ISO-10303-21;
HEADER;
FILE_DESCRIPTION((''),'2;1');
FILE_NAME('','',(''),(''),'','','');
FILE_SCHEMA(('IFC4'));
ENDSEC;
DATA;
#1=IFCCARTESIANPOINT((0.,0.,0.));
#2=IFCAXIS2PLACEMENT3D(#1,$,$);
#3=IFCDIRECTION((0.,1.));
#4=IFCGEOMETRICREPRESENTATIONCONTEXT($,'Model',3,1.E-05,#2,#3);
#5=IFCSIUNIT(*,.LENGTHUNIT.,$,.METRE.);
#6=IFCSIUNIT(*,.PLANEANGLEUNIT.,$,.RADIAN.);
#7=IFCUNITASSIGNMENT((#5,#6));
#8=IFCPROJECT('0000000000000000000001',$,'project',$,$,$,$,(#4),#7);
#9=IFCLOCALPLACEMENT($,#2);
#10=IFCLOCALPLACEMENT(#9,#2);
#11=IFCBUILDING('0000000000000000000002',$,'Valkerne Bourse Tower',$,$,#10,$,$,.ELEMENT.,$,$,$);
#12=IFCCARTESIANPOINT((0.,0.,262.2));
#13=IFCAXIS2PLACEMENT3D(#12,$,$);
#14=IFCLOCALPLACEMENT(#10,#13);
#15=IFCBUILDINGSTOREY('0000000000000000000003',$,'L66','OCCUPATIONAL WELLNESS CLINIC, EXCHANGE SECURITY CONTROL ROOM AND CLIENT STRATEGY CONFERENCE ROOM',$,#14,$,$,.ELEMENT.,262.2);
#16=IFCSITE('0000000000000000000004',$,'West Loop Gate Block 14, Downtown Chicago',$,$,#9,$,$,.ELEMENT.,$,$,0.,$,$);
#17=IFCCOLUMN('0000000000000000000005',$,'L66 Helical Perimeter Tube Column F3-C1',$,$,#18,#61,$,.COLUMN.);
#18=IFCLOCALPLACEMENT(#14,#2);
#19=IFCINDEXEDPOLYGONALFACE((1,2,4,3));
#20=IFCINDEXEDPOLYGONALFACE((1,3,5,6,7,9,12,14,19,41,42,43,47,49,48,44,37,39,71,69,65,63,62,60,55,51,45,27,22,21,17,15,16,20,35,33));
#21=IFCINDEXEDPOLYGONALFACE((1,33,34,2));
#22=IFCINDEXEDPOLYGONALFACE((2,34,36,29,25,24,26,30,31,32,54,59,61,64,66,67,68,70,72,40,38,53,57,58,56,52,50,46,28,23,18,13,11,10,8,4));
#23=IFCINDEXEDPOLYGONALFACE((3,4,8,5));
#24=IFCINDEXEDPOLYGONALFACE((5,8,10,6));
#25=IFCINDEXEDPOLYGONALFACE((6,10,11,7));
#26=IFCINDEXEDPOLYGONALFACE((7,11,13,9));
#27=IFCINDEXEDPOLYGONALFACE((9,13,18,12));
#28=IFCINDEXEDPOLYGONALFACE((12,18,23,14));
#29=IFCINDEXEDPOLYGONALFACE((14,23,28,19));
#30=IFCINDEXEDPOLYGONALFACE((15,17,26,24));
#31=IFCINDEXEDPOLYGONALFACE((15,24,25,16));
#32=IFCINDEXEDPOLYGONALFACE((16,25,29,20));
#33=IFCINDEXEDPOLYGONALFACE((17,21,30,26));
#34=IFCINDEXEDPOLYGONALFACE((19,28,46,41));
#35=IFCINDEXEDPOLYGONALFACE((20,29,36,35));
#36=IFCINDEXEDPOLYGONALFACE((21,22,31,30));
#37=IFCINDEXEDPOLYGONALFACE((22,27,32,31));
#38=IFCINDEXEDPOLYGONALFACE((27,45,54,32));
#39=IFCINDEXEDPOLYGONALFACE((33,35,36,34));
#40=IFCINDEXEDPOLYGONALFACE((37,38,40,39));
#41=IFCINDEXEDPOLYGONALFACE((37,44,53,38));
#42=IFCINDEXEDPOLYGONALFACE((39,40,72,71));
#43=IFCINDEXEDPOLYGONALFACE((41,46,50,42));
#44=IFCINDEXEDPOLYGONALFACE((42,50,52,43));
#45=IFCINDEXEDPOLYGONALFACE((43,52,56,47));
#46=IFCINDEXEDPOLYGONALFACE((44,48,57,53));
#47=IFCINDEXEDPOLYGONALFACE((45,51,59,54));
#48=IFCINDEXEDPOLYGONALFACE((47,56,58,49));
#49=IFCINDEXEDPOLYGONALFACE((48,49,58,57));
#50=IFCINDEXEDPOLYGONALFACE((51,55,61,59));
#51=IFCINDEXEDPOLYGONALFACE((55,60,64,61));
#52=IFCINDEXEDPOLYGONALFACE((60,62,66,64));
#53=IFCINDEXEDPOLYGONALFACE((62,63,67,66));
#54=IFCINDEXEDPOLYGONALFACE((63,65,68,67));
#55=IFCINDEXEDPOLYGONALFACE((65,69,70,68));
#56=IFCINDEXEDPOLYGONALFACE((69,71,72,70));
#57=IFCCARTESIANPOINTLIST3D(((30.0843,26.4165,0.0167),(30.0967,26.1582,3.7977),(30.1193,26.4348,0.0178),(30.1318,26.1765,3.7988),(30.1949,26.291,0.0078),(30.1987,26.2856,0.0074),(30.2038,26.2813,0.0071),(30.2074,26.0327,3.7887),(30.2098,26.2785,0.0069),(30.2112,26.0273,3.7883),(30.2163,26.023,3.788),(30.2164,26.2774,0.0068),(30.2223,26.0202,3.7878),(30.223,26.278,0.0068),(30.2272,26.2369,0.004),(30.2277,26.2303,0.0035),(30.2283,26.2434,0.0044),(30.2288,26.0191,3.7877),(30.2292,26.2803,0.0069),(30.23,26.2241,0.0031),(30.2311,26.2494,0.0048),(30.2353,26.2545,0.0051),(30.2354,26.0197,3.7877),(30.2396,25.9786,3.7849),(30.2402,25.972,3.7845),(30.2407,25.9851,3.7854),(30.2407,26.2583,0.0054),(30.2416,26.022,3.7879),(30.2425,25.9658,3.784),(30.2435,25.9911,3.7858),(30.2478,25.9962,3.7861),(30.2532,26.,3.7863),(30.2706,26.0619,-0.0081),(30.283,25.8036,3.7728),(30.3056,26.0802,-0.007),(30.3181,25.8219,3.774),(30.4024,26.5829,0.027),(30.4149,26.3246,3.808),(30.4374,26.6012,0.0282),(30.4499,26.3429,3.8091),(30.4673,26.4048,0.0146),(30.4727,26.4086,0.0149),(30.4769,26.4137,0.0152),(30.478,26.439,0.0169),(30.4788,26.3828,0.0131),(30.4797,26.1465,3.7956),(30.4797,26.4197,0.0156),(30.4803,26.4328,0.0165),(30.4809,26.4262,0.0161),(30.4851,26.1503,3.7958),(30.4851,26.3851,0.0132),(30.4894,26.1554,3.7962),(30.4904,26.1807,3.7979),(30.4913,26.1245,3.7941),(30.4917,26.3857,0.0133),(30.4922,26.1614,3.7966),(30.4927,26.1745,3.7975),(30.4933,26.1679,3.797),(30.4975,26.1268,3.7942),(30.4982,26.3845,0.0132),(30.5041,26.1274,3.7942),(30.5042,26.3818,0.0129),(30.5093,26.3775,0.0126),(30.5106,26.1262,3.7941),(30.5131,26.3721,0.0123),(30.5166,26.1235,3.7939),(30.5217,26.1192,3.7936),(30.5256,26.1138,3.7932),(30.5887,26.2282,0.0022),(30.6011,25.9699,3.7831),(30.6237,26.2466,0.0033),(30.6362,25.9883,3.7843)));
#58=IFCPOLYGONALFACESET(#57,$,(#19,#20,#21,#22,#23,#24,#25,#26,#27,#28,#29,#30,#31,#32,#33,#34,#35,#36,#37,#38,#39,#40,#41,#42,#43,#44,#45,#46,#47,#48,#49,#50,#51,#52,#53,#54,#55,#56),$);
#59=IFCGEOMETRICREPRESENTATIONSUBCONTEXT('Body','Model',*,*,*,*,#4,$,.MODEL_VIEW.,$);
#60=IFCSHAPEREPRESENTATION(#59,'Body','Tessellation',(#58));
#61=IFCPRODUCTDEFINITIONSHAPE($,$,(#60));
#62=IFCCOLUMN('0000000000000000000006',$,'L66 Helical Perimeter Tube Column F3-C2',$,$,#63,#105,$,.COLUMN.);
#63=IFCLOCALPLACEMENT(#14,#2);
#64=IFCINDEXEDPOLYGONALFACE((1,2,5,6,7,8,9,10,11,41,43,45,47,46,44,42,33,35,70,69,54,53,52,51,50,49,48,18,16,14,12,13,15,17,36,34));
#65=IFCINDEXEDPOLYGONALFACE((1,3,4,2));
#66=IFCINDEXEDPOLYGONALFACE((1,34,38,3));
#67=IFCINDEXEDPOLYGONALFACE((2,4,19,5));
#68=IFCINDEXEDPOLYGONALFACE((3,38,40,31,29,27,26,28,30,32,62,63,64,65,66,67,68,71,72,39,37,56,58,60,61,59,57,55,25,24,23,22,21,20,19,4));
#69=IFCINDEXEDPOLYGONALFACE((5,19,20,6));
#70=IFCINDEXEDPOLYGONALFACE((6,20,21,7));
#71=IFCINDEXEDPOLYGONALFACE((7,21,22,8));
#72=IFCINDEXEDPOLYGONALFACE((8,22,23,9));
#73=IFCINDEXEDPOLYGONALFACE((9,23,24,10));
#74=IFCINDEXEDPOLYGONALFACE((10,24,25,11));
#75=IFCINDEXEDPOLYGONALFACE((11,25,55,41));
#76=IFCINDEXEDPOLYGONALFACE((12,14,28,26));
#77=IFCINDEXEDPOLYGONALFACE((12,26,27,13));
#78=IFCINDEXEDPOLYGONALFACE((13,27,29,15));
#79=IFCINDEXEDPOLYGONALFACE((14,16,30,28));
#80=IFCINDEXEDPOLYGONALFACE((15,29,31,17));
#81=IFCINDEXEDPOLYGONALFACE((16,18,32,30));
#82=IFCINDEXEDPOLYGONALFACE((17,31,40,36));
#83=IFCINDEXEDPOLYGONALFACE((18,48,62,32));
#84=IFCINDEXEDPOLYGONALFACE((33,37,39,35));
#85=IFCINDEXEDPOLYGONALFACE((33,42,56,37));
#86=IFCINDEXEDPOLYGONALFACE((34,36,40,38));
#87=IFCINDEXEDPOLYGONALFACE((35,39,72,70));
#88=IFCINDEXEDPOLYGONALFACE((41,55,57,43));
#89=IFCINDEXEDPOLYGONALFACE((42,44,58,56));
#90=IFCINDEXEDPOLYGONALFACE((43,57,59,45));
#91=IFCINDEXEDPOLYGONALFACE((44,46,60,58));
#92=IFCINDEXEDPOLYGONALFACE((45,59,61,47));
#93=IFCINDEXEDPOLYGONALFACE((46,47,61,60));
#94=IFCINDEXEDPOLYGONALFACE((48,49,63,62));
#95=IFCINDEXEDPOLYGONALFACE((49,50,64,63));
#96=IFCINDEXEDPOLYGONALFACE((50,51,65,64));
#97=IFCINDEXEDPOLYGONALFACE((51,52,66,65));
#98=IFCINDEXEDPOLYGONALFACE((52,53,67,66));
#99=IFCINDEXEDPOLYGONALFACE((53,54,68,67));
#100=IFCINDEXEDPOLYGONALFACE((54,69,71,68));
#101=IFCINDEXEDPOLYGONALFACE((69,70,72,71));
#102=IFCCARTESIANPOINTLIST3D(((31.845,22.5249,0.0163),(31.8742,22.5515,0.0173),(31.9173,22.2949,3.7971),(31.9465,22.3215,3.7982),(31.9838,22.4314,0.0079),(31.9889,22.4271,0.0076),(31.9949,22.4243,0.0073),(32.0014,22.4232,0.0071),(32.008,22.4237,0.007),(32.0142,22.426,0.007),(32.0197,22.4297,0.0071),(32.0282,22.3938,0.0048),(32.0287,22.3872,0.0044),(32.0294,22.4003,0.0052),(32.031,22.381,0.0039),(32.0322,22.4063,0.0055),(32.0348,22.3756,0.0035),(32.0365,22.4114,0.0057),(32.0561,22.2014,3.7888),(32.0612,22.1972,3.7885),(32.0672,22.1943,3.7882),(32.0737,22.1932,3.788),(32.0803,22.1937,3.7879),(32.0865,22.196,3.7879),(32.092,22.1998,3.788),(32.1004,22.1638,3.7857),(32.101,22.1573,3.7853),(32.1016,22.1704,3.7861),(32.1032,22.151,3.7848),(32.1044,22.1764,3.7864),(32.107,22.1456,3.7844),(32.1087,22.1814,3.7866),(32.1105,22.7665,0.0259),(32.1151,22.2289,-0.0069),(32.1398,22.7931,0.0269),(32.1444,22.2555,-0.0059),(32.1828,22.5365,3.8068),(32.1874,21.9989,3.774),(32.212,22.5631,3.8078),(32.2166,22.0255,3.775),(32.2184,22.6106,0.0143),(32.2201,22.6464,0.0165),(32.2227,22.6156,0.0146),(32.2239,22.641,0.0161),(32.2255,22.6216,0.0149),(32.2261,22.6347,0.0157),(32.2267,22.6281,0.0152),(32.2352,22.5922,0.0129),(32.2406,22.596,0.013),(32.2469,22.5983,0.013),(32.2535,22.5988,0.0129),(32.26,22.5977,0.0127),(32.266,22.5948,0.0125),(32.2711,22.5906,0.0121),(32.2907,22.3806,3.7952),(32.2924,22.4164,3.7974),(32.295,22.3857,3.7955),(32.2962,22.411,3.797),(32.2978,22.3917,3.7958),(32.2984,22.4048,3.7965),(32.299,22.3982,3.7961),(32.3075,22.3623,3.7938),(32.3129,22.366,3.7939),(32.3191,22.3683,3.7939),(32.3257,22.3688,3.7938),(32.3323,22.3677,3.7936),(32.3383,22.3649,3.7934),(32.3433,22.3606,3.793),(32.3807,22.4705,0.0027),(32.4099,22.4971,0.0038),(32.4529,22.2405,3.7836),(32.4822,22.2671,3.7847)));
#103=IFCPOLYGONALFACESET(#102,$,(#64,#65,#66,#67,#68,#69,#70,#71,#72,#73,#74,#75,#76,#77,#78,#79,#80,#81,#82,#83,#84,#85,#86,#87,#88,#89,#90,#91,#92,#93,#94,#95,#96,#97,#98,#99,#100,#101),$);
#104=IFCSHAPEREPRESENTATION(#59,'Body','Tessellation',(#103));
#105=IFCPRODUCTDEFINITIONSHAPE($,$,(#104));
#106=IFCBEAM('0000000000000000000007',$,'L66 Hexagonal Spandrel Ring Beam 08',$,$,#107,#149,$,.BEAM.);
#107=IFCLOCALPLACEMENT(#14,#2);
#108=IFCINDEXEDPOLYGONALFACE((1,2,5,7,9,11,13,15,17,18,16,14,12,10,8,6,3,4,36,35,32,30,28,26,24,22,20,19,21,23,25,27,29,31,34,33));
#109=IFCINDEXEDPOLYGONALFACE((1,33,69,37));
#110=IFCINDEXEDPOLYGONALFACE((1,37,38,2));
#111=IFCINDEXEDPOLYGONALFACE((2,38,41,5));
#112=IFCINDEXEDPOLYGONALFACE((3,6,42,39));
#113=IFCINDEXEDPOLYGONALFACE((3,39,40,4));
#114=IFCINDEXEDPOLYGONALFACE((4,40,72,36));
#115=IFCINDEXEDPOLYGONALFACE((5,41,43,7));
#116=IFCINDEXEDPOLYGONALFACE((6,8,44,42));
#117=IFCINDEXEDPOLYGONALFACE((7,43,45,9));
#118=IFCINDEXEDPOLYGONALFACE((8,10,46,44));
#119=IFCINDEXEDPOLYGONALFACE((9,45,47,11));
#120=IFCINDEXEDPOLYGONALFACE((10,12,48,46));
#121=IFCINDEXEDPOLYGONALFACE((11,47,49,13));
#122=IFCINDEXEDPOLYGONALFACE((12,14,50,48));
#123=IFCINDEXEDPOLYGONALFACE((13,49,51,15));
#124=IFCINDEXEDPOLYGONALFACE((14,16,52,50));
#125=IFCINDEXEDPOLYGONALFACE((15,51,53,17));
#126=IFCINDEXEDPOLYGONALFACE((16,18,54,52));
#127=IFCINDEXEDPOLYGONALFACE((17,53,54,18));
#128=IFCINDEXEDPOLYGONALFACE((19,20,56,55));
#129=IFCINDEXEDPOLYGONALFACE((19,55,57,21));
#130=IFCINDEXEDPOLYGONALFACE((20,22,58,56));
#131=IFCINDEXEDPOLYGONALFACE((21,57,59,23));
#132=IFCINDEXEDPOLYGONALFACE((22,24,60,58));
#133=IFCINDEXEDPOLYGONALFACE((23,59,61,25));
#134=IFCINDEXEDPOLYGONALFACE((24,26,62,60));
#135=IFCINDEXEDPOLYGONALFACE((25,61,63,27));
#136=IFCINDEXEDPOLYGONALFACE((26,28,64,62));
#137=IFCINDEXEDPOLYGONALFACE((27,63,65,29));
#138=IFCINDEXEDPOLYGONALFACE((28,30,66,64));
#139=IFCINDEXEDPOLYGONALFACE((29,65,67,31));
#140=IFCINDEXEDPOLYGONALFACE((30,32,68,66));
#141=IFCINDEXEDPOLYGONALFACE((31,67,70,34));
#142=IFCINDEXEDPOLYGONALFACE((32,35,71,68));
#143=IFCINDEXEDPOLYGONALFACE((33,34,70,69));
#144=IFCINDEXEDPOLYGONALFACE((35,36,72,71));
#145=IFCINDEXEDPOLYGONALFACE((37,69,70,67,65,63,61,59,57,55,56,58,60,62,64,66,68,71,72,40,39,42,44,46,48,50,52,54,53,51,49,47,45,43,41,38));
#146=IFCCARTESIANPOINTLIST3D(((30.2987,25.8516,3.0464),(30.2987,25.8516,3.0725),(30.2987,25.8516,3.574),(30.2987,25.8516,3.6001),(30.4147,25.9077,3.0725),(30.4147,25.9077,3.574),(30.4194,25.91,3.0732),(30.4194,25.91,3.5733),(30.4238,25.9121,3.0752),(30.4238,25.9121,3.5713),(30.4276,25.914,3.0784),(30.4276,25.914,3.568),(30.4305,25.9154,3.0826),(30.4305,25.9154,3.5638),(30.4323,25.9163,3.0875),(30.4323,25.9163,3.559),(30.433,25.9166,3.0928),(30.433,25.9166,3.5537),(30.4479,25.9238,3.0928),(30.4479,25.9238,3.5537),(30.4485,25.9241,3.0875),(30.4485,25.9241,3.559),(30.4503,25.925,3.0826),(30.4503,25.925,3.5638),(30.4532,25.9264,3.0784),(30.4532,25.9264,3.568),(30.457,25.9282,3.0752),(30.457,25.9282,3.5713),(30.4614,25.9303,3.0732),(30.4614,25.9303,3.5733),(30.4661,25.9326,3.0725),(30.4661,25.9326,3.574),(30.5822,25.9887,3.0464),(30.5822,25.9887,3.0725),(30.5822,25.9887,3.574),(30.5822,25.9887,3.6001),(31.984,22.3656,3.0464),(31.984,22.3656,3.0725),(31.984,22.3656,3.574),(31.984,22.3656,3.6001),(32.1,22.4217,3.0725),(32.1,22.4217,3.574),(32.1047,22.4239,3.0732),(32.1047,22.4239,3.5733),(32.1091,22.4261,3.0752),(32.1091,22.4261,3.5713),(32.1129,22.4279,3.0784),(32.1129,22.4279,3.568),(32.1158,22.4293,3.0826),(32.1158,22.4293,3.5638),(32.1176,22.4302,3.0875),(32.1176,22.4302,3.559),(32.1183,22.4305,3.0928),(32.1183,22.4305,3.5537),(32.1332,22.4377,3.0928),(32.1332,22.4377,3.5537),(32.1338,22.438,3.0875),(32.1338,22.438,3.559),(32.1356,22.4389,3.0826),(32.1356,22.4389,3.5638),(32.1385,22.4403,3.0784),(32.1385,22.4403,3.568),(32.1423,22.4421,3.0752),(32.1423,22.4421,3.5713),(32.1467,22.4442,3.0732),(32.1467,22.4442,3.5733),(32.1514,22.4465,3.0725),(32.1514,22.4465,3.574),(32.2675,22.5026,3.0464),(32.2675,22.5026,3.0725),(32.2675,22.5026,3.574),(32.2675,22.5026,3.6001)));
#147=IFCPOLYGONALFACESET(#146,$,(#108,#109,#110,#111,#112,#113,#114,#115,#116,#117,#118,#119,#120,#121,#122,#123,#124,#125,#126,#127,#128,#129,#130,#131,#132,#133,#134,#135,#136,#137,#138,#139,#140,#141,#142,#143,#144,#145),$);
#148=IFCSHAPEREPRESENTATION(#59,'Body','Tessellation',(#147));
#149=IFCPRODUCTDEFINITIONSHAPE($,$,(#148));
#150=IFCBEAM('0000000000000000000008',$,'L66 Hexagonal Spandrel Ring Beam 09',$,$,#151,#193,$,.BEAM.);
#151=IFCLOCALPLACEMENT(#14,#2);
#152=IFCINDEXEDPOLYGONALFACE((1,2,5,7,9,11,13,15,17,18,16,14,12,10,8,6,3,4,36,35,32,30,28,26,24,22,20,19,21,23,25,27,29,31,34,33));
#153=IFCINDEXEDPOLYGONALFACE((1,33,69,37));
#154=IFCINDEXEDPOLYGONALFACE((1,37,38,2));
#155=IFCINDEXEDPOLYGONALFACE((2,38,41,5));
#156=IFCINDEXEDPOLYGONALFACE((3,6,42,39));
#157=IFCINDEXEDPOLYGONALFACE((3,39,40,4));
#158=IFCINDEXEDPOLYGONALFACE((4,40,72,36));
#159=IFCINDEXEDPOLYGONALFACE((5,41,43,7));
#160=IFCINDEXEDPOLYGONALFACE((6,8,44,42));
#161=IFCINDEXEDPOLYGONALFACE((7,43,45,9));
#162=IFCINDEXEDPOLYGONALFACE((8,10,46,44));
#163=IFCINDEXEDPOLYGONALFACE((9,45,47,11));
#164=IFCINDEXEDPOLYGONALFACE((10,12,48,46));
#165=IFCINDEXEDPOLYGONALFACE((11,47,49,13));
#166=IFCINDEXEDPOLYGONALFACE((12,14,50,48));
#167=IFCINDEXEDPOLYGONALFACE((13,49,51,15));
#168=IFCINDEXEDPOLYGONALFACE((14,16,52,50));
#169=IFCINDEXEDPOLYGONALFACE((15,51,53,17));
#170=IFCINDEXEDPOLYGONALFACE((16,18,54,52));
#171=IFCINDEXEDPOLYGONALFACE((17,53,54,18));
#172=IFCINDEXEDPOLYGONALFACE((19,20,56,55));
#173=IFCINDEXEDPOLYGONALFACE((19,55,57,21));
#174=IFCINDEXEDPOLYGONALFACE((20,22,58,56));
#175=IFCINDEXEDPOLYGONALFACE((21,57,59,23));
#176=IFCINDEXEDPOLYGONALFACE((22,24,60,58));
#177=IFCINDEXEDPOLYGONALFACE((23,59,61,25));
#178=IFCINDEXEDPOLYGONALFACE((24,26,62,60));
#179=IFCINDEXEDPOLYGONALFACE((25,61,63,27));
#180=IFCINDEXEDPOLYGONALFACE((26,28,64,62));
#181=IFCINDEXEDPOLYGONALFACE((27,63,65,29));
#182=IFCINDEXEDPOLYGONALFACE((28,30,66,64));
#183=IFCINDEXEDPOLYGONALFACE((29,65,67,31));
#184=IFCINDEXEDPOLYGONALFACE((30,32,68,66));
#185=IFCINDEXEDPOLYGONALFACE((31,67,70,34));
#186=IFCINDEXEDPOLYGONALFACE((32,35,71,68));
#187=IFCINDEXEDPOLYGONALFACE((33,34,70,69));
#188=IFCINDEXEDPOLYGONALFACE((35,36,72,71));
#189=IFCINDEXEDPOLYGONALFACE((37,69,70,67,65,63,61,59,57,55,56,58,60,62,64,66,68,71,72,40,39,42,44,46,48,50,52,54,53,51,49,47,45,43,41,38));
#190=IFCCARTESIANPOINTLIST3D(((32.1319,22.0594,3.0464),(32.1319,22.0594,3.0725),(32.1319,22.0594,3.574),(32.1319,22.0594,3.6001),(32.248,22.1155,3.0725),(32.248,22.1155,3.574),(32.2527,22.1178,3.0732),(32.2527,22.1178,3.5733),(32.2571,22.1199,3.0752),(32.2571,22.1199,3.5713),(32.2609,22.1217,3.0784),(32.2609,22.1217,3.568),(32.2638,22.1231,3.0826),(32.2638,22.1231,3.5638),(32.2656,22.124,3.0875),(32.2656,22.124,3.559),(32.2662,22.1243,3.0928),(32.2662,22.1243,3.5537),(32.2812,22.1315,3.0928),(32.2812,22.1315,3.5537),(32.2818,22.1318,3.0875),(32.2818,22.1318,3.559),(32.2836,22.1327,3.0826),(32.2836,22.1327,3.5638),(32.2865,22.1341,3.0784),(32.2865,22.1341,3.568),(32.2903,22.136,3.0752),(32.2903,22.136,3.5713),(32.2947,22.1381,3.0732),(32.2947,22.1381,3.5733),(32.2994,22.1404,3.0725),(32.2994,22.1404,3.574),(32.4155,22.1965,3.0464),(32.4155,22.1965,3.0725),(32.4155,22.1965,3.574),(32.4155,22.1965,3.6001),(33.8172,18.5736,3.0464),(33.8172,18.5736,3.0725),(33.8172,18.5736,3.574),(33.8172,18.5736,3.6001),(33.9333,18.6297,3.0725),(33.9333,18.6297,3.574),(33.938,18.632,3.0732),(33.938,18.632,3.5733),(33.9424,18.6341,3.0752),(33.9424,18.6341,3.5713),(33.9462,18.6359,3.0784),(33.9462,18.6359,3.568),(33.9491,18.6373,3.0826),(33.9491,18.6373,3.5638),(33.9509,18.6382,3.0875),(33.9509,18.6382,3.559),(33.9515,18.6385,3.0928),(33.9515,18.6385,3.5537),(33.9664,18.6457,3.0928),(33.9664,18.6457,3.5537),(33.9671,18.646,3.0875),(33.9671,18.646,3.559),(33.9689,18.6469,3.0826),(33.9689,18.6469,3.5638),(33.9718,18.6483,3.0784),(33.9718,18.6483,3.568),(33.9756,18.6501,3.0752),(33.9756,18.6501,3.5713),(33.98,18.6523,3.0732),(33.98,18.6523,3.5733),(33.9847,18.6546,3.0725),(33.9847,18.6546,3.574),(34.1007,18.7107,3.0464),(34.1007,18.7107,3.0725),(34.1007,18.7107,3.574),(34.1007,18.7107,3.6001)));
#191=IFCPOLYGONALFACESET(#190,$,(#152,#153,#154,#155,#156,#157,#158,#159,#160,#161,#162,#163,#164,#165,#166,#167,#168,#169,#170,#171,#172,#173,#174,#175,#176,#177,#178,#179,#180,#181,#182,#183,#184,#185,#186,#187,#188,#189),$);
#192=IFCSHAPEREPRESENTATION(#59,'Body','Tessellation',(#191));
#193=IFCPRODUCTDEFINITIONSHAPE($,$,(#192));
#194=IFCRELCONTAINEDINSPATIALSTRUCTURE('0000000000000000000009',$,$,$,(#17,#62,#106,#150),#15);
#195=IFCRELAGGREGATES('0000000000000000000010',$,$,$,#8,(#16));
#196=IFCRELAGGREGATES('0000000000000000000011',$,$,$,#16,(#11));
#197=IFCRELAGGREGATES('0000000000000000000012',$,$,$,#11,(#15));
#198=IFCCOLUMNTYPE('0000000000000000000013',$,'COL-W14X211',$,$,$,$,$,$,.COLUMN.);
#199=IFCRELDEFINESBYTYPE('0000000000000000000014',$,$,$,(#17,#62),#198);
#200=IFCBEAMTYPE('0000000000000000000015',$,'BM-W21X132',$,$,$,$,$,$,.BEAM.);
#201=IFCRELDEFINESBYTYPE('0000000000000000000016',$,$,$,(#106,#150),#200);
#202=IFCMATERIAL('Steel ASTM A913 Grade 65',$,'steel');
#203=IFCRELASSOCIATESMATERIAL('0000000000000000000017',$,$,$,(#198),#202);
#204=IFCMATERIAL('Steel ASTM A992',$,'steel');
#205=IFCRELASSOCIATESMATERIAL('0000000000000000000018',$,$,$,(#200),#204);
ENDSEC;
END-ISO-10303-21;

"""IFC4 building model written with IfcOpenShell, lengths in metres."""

from ifc_helpers import new_model, si_unit, direction, frame, origin, origin_2d, place, context, subcontext, project, spatial, i_section, extrude, material, material_profile, profile_set, type_object, element, save


model = new_model("IFC4")

# Units and contexts
model_context = context("Model", 3, precision=1e-05, world=origin(), true_north=direction((0.0, 1.0)))
body_context = subcontext(model_context, "Body", "Model", "MODEL_VIEW")
ifc_project = project(units=[si_unit("LENGTHUNIT", "METRE"), si_unit("PLANEANGLEUNIT", "RADIAN")], contexts=[model_context])

# Site, building, storey
site_placement = place(None, origin())
site = spatial("IfcSite", under=ifc_project, at=site_placement, Name="West Loop Gate Block 14, Downtown Chicago", CompositionType="ELEMENT", RefElevation=0.0)
building_placement = place(site_placement, origin())
building = spatial("IfcBuilding", under=site, at=building_placement, Name="Valkerne Bourse Tower", CompositionType="ELEMENT")
storey_placement = place(building_placement, frame((0.0, 0.0, 262.2)))
storey = spatial("IfcBuildingStorey", under=building, at=storey_placement, Name="L66", Description="OCCUPATIONAL WELLNESS CLINIC, EXCHANGE SECURITY CONTROL ROOM AND CLIENT STRATEGY CONFERENCE ROOM", CompositionType="ELEMENT", Elevation=262.2)

# Columns
ifc_material_1 = material(Name="Steel ASTM A913 Grade 65", Category="steel")
ifc_material_profile_1 = material_profile(ifc_material_1, i_section(OverallWidth=0.4014, OverallDepth=0.3987, WebThickness=0.0249, FlangeThickness=0.0396, FilletRadius=0.0254, at=origin_2d()), Name="W14X211")
ifc_profile_set_1 = profile_set([ifc_material_profile_1], Name="Steel ASTM A913 Grade 65")
column_type = type_object("IfcColumnType", Name="COL-W14X211", PredefinedType="COLUMN", material=ifc_profile_set_1)
column_1_placement = place(storey_placement, frame((30.354, 26.3315, 0.01), z_axis=(0.003285, -0.068156, 0.997669), x_axis=(0.464118, -0.883608, -0.061892)))
element("IfcColumn", 1, at=column_1_placement, inside=storey, type_object=column_type, Name="L66 Helical Perimeter Tube Column F3-C1", PredefinedType="COLUMN", context=body_context, shape_type="SweptSolid", body=[
    extrude(i_section(OverallWidth=0.4014, OverallDepth=0.3987, WebThickness=0.0249, FlangeThickness=0.0396, FilletRadius=0.0254, at=origin_2d()), origin(), (0.0, 0.0, 1.0), 3.7898),
])
column_2_placement = place(storey_placement, frame((32.1274, 22.511, 0.01), z_axis=(0.019074, -0.060702, 0.997974), x_axis=(0.67303, -0.73736, -0.057714)))
element("IfcColumn", 2, at=column_2_placement, inside=storey, type_object=column_type, Name="L66 Helical Perimeter Tube Column F3-C2", PredefinedType="COLUMN", context=body_context, shape_type="SweptSolid", body=[
    extrude(i_section(OverallWidth=0.4014, OverallDepth=0.3987, WebThickness=0.0249, FlangeThickness=0.0396, FilletRadius=0.0254, at=origin_2d()), origin(), (0.0, 0.0, 1.0), 3.7886),
])

# Beams
ifc_material_2 = material(Name="Steel ASTM A992", Category="steel")
ifc_material_profile_2 = material_profile(ifc_material_2, i_section(OverallWidth=0.3149, OverallDepth=0.5537, WebThickness=0.0166, FlangeThickness=0.0261, FilletRadius=0.0203, at=origin_2d()), Name="W21X132")
ifc_profile_set_2 = profile_set([ifc_material_profile_2], Name="Steel ASTM A992")
beam_type = type_object("IfcBeamType", Name="BM-W21X132", PredefinedType="BEAM", material=ifc_profile_set_2)
beam_1_placement = place(storey_placement, frame((30.4404, 25.9202, 3.3232), z_axis=(0.435244, -0.900312, 0.0), x_axis=(0.900312, 0.435244, 0.0)))
element("IfcBeam", 3, at=beam_1_placement, inside=storey, type_object=beam_type, Name="L66 Hexagonal Spandrel Ring Beam 08", PredefinedType="BEAM", context=body_context, shape_type="SweptSolid", body=[
    extrude(i_section(OverallWidth=0.3149, OverallDepth=0.5537, WebThickness=0.0166, FlangeThickness=0.0261, FilletRadius=0.0203, at=origin_2d()), origin(), (0.0, 0.0, 1.0), 3.8721),
])
beam_2_placement = place(storey_placement, frame((32.2737, 22.1279, 3.3232), z_axis=(0.435269, -0.9003, 0.0), x_axis=(0.9003, 0.435269, 0.0)))
element("IfcBeam", 4, at=beam_2_placement, inside=storey, type_object=beam_type, Name="L66 Hexagonal Spandrel Ring Beam 09", PredefinedType="BEAM", context=body_context, shape_type="SweptSolid", body=[
    extrude(i_section(OverallWidth=0.3149, OverallDepth=0.5537, WebThickness=0.0166, FlangeThickness=0.0261, FilletRadius=0.0203, at=origin_2d()), origin(), (0.0, 0.0, 1.0), 3.8718),
])

save(model, "model.ifc")
